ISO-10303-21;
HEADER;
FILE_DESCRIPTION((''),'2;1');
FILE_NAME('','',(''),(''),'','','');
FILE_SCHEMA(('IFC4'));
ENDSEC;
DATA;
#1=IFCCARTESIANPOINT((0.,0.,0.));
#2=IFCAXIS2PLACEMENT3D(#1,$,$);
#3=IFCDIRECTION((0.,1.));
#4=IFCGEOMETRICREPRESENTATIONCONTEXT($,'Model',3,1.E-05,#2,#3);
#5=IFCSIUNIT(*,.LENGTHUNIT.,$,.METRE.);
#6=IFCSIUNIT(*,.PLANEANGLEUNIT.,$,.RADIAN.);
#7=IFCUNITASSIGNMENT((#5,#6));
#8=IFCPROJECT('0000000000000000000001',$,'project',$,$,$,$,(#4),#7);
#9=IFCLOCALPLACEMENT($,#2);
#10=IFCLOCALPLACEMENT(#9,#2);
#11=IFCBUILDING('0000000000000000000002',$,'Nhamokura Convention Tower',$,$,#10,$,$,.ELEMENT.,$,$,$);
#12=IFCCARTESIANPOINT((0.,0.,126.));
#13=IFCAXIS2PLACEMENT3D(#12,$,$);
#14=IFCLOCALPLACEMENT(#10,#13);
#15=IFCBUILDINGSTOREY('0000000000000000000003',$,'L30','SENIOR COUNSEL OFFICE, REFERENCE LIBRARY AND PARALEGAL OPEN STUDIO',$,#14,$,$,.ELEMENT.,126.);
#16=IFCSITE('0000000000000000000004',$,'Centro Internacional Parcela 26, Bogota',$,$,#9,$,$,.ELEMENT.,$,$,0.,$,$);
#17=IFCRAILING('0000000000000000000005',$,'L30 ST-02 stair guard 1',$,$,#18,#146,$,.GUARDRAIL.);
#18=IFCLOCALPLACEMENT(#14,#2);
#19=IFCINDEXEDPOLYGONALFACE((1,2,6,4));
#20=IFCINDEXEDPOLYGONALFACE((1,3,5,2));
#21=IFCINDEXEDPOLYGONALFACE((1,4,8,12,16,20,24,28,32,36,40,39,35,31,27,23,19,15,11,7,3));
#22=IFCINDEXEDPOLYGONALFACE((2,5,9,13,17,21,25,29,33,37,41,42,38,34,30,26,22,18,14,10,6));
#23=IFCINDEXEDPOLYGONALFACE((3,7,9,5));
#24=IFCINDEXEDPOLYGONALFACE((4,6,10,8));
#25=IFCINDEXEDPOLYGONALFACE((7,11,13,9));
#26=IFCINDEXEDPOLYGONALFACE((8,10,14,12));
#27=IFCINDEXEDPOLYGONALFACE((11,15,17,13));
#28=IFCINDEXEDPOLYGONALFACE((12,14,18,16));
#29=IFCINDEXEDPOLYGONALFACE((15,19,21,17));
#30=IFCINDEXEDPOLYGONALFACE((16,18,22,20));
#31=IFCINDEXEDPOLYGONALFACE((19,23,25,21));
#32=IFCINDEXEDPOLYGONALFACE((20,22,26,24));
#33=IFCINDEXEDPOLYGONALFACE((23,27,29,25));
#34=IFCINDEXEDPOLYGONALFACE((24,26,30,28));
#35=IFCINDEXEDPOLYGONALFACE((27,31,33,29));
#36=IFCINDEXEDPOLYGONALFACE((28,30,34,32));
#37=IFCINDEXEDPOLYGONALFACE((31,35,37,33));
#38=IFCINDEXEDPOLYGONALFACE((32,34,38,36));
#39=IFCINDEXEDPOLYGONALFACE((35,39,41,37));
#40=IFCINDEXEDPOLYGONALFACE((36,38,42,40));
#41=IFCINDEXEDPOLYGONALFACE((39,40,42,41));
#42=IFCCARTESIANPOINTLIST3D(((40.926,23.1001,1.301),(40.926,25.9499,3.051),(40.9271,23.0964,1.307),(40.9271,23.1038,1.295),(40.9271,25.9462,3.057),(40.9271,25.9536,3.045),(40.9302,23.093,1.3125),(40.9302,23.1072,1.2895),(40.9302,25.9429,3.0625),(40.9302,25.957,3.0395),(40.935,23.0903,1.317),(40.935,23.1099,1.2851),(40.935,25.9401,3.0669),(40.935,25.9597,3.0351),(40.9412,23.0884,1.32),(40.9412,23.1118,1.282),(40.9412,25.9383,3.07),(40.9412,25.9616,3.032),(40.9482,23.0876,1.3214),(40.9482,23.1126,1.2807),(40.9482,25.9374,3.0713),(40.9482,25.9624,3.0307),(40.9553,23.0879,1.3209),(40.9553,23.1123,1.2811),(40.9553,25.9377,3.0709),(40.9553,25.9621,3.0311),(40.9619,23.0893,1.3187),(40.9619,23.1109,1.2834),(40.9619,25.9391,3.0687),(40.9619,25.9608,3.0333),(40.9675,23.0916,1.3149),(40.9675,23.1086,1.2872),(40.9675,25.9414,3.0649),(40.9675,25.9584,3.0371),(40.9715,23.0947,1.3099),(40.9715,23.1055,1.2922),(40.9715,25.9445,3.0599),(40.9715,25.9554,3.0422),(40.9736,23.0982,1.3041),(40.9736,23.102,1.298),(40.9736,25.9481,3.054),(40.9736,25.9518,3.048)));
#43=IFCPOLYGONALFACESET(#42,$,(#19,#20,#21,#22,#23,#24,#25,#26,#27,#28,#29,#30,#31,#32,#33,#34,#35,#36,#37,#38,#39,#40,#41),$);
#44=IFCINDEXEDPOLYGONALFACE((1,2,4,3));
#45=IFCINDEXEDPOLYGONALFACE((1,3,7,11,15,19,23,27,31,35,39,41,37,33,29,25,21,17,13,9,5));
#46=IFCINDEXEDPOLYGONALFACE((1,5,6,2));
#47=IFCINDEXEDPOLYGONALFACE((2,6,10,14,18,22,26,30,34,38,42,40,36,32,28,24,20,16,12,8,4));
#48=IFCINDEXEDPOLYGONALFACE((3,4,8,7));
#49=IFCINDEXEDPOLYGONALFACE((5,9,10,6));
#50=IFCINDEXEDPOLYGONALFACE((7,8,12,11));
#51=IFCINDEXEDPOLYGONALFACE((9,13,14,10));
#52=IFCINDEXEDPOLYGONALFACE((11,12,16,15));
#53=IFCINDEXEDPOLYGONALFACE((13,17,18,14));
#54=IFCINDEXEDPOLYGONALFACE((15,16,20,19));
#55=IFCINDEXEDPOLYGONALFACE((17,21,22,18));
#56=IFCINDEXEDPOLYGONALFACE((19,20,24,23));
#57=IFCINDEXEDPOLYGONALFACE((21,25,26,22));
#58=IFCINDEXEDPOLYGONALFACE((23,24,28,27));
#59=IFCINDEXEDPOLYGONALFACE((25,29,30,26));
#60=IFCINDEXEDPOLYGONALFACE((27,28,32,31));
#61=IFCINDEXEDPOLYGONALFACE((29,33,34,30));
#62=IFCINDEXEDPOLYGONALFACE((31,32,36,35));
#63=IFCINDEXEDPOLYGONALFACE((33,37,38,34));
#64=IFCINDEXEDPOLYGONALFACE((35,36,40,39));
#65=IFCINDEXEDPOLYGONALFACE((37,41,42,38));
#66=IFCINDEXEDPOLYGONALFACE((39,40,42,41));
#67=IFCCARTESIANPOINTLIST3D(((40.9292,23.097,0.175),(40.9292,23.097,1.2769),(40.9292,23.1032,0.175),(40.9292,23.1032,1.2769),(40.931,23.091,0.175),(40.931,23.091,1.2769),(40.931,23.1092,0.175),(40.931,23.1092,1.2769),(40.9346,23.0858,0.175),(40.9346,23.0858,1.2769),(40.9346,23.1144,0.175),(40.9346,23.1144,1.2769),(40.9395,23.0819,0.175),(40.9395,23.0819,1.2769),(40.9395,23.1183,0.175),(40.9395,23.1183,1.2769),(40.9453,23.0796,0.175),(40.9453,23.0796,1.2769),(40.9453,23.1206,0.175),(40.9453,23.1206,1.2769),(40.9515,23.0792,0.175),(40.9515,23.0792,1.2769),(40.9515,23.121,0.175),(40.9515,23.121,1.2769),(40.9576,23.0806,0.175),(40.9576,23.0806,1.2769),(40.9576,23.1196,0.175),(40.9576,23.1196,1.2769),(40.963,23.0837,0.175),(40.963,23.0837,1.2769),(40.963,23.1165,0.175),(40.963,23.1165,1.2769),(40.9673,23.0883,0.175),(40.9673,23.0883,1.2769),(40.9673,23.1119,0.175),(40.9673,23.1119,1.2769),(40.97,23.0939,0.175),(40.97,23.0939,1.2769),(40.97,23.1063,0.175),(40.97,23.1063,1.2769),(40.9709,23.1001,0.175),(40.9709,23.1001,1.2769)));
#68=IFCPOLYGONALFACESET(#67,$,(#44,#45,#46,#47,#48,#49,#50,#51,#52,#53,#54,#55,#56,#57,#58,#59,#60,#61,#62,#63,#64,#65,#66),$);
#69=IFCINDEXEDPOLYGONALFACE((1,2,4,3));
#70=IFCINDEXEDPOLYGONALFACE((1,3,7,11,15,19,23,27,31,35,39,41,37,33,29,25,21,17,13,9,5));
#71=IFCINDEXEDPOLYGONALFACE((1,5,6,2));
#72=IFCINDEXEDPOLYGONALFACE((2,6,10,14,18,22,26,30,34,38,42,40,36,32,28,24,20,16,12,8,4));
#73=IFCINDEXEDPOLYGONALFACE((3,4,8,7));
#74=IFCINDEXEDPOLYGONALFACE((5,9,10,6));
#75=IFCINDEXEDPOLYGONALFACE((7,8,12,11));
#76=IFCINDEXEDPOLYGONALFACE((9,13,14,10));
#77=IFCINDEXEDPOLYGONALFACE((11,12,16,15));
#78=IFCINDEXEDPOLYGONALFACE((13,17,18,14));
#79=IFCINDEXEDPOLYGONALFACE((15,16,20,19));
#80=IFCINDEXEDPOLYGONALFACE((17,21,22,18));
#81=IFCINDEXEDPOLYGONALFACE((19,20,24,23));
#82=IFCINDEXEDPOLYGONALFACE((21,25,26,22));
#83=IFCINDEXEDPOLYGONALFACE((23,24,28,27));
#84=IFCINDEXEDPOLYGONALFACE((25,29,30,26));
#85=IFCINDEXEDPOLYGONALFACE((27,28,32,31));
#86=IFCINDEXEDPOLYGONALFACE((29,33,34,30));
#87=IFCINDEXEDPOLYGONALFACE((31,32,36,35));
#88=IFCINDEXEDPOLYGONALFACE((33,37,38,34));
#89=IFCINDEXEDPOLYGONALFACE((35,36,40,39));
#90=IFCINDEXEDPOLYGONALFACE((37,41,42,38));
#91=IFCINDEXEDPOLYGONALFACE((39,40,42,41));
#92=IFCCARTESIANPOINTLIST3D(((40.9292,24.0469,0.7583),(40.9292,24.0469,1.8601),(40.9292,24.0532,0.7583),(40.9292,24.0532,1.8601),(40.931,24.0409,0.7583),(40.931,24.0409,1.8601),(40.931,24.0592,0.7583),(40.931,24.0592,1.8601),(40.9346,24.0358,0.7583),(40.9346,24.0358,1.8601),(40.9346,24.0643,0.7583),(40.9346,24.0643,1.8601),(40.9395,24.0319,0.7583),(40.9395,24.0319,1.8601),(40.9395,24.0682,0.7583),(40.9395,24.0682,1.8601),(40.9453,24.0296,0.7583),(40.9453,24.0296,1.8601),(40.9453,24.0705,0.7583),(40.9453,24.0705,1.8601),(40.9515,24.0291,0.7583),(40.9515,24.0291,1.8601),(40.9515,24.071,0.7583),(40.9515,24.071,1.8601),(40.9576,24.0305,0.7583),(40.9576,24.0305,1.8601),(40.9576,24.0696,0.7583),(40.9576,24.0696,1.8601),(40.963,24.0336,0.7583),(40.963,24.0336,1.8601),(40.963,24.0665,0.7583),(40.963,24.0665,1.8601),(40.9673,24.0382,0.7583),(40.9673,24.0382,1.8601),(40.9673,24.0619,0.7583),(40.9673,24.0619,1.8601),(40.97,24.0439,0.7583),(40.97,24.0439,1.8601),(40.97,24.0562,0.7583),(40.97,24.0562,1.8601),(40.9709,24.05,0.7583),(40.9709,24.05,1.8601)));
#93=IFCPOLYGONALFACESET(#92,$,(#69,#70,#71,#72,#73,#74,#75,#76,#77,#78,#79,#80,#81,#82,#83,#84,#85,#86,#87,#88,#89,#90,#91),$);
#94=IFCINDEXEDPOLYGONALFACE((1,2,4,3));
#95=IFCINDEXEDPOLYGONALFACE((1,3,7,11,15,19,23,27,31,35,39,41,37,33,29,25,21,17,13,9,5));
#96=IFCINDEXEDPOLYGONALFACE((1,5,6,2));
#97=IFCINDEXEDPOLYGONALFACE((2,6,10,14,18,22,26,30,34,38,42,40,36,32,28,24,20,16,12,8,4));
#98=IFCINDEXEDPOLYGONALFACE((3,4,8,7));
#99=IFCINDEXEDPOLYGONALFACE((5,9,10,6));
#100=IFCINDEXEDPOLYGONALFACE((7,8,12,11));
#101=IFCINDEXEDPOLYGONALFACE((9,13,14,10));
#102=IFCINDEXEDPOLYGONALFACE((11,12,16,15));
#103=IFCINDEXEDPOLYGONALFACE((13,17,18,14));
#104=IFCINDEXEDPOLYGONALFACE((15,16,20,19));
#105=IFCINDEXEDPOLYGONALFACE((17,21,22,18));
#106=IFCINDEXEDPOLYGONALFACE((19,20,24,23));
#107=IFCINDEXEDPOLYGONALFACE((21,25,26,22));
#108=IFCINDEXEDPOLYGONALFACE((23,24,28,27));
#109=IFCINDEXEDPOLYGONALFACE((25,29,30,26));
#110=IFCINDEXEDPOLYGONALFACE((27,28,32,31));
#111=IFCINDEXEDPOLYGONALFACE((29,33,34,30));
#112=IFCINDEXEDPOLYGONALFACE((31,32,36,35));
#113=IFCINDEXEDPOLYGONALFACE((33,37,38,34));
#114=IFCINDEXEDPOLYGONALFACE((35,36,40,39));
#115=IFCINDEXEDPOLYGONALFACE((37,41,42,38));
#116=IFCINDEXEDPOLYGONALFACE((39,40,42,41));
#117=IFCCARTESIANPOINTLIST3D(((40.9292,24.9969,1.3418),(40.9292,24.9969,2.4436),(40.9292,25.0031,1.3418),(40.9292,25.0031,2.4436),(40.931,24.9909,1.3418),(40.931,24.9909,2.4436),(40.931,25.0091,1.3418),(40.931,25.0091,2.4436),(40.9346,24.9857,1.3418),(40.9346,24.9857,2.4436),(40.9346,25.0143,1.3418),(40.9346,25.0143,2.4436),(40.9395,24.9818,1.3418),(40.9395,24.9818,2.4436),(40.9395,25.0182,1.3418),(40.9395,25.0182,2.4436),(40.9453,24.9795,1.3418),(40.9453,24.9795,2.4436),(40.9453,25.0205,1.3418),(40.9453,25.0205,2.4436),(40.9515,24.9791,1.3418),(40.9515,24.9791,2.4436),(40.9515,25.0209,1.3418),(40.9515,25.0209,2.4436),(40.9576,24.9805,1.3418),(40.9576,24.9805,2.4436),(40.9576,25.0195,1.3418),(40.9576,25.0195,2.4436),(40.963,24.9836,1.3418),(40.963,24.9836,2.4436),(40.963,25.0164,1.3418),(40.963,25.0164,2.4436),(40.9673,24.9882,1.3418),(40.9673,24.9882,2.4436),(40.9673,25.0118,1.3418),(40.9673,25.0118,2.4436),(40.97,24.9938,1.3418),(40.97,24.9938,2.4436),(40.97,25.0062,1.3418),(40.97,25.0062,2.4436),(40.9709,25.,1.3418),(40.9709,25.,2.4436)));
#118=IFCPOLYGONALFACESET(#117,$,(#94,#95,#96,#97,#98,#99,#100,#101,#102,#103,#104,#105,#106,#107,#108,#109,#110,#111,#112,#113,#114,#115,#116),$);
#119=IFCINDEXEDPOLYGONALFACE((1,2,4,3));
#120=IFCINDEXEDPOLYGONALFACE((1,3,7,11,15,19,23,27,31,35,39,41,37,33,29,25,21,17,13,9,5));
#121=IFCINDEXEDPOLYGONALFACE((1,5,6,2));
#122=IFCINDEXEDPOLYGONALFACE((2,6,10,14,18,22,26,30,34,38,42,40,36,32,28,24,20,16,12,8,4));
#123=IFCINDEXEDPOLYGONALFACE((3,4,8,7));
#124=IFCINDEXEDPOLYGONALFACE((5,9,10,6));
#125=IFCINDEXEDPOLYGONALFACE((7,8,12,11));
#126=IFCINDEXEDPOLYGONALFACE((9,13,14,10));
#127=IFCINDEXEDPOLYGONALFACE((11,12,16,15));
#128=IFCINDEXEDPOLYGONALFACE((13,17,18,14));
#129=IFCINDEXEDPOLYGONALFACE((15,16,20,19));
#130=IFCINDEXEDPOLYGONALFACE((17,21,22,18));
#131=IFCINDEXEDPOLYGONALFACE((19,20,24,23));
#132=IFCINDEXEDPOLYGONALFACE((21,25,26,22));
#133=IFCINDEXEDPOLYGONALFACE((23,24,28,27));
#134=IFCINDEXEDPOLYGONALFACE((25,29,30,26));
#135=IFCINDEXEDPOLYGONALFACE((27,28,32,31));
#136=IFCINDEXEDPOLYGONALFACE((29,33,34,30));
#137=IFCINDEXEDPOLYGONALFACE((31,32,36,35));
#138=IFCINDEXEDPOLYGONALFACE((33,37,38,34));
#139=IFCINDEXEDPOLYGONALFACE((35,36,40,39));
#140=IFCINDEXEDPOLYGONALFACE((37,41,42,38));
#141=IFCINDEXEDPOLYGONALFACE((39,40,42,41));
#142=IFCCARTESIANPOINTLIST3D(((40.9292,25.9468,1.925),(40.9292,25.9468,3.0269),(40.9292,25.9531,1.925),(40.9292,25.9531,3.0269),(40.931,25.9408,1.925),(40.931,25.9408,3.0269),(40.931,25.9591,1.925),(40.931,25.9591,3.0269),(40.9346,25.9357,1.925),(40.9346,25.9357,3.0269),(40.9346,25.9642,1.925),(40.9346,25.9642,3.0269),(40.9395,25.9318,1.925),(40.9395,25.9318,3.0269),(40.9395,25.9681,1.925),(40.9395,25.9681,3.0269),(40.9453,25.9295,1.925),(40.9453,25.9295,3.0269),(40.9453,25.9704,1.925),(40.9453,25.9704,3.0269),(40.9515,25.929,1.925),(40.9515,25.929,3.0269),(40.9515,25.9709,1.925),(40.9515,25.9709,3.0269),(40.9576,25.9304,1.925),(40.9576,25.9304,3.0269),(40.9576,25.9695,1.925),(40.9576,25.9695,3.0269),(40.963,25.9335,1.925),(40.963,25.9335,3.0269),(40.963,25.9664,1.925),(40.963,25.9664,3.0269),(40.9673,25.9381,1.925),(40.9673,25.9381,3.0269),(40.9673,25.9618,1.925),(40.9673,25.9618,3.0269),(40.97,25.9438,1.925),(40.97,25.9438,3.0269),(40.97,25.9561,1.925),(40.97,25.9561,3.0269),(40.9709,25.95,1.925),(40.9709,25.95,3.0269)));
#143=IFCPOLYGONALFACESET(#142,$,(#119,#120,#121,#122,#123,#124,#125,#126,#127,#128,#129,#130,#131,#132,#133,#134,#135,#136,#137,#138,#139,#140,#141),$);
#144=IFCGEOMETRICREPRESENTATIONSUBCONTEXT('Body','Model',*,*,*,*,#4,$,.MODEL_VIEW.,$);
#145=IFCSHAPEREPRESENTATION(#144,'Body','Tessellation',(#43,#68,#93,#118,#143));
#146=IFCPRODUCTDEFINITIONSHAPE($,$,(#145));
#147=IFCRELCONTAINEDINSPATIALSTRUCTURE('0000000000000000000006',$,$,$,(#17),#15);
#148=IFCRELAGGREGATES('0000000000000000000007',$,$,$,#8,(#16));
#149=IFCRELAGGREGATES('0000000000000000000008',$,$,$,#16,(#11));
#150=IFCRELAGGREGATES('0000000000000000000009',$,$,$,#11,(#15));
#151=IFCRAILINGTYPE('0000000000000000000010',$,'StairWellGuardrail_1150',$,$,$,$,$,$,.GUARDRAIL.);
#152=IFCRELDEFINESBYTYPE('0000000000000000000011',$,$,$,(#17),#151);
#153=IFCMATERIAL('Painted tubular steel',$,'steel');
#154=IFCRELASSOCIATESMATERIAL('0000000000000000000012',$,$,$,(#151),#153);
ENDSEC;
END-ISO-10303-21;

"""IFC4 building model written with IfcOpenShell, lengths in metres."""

from ifc_helpers import new_model, si_unit, direction, frame, origin, origin_2d, place, context, subcontext, project, spatial, circle, extrude, material, type_object, element, save


model = new_model("IFC4")

# Units and contexts
model_context = context("Model", 3, precision=1e-05, world=origin(), true_north=direction((0.0, 1.0)))
body_context = subcontext(model_context, "Body", "Model", "MODEL_VIEW")
ifc_project = project(units=[si_unit("LENGTHUNIT", "METRE"), si_unit("PLANEANGLEUNIT", "RADIAN")], contexts=[model_context])

# Site, building, storey
site_placement = place(None, origin())
site = spatial("IfcSite", under=ifc_project, at=site_placement, Name="Centro Internacional Parcela 26, Bogota", CompositionType="ELEMENT", RefElevation=0.0)
building_placement = place(site_placement, origin())
building = spatial("IfcBuilding", under=site, at=building_placement, Name="Nhamokura Convention Tower", CompositionType="ELEMENT")
storey_placement = place(building_placement, frame((0.0, 0.0, 126.0)))
storey = spatial("IfcBuildingStorey", under=building, at=storey_placement, Name="L30", Description="SENIOR COUNSEL OFFICE, REFERENCE LIBRARY AND PARALEGAL OPEN STUDIO", CompositionType="ELEMENT", Elevation=126.0)

# Railing
ifc_material_1 = material(Name="Painted tubular steel", Category="steel")
railing_type_1 = type_object("IfcRailingType", Name="StairWellGuardrail_1150", PredefinedType="GUARDRAIL", material=ifc_material_1)
railing_1_placement = place(storey_placement, frame((40.95, 23.1001, 0.175)))
element("IfcRailing", 1, at=railing_1_placement, inside=storey, type_object=railing_type_1, Name="L30 ST-02 stair guard 1", PredefinedType="GUARDRAIL", context=body_context, shape_type="SweptSolid", body=[
    extrude(circle(Radius=0.0239, at=origin_2d()), frame((0.0, 0.0, 1.126), z_axis=(0.0, 0.852159, 0.523283), x_axis=(-1.0, 0.0, 0.0)), (0.0, 0.0, 1.0), 3.3442),
    extrude(circle(Radius=0.021, at=origin_2d()), origin(), (0.0, 0.0, 1.0), 1.1018),
    extrude(circle(Radius=0.021, at=origin_2d()), frame((0.0, 0.95, 0.5833)), (0.0, 0.0, 1.0), 1.1018),
    extrude(circle(Radius=0.021, at=origin_2d()), frame((0.0, 1.8999, 1.1667)), (0.0, 0.0, 1.0), 1.1018),
    extrude(circle(Radius=0.021, at=origin_2d()), frame((0.0, 2.8499, 1.75)), (0.0, 0.0, 1.0), 1.1018),
])

save(model, "model.ifc")
